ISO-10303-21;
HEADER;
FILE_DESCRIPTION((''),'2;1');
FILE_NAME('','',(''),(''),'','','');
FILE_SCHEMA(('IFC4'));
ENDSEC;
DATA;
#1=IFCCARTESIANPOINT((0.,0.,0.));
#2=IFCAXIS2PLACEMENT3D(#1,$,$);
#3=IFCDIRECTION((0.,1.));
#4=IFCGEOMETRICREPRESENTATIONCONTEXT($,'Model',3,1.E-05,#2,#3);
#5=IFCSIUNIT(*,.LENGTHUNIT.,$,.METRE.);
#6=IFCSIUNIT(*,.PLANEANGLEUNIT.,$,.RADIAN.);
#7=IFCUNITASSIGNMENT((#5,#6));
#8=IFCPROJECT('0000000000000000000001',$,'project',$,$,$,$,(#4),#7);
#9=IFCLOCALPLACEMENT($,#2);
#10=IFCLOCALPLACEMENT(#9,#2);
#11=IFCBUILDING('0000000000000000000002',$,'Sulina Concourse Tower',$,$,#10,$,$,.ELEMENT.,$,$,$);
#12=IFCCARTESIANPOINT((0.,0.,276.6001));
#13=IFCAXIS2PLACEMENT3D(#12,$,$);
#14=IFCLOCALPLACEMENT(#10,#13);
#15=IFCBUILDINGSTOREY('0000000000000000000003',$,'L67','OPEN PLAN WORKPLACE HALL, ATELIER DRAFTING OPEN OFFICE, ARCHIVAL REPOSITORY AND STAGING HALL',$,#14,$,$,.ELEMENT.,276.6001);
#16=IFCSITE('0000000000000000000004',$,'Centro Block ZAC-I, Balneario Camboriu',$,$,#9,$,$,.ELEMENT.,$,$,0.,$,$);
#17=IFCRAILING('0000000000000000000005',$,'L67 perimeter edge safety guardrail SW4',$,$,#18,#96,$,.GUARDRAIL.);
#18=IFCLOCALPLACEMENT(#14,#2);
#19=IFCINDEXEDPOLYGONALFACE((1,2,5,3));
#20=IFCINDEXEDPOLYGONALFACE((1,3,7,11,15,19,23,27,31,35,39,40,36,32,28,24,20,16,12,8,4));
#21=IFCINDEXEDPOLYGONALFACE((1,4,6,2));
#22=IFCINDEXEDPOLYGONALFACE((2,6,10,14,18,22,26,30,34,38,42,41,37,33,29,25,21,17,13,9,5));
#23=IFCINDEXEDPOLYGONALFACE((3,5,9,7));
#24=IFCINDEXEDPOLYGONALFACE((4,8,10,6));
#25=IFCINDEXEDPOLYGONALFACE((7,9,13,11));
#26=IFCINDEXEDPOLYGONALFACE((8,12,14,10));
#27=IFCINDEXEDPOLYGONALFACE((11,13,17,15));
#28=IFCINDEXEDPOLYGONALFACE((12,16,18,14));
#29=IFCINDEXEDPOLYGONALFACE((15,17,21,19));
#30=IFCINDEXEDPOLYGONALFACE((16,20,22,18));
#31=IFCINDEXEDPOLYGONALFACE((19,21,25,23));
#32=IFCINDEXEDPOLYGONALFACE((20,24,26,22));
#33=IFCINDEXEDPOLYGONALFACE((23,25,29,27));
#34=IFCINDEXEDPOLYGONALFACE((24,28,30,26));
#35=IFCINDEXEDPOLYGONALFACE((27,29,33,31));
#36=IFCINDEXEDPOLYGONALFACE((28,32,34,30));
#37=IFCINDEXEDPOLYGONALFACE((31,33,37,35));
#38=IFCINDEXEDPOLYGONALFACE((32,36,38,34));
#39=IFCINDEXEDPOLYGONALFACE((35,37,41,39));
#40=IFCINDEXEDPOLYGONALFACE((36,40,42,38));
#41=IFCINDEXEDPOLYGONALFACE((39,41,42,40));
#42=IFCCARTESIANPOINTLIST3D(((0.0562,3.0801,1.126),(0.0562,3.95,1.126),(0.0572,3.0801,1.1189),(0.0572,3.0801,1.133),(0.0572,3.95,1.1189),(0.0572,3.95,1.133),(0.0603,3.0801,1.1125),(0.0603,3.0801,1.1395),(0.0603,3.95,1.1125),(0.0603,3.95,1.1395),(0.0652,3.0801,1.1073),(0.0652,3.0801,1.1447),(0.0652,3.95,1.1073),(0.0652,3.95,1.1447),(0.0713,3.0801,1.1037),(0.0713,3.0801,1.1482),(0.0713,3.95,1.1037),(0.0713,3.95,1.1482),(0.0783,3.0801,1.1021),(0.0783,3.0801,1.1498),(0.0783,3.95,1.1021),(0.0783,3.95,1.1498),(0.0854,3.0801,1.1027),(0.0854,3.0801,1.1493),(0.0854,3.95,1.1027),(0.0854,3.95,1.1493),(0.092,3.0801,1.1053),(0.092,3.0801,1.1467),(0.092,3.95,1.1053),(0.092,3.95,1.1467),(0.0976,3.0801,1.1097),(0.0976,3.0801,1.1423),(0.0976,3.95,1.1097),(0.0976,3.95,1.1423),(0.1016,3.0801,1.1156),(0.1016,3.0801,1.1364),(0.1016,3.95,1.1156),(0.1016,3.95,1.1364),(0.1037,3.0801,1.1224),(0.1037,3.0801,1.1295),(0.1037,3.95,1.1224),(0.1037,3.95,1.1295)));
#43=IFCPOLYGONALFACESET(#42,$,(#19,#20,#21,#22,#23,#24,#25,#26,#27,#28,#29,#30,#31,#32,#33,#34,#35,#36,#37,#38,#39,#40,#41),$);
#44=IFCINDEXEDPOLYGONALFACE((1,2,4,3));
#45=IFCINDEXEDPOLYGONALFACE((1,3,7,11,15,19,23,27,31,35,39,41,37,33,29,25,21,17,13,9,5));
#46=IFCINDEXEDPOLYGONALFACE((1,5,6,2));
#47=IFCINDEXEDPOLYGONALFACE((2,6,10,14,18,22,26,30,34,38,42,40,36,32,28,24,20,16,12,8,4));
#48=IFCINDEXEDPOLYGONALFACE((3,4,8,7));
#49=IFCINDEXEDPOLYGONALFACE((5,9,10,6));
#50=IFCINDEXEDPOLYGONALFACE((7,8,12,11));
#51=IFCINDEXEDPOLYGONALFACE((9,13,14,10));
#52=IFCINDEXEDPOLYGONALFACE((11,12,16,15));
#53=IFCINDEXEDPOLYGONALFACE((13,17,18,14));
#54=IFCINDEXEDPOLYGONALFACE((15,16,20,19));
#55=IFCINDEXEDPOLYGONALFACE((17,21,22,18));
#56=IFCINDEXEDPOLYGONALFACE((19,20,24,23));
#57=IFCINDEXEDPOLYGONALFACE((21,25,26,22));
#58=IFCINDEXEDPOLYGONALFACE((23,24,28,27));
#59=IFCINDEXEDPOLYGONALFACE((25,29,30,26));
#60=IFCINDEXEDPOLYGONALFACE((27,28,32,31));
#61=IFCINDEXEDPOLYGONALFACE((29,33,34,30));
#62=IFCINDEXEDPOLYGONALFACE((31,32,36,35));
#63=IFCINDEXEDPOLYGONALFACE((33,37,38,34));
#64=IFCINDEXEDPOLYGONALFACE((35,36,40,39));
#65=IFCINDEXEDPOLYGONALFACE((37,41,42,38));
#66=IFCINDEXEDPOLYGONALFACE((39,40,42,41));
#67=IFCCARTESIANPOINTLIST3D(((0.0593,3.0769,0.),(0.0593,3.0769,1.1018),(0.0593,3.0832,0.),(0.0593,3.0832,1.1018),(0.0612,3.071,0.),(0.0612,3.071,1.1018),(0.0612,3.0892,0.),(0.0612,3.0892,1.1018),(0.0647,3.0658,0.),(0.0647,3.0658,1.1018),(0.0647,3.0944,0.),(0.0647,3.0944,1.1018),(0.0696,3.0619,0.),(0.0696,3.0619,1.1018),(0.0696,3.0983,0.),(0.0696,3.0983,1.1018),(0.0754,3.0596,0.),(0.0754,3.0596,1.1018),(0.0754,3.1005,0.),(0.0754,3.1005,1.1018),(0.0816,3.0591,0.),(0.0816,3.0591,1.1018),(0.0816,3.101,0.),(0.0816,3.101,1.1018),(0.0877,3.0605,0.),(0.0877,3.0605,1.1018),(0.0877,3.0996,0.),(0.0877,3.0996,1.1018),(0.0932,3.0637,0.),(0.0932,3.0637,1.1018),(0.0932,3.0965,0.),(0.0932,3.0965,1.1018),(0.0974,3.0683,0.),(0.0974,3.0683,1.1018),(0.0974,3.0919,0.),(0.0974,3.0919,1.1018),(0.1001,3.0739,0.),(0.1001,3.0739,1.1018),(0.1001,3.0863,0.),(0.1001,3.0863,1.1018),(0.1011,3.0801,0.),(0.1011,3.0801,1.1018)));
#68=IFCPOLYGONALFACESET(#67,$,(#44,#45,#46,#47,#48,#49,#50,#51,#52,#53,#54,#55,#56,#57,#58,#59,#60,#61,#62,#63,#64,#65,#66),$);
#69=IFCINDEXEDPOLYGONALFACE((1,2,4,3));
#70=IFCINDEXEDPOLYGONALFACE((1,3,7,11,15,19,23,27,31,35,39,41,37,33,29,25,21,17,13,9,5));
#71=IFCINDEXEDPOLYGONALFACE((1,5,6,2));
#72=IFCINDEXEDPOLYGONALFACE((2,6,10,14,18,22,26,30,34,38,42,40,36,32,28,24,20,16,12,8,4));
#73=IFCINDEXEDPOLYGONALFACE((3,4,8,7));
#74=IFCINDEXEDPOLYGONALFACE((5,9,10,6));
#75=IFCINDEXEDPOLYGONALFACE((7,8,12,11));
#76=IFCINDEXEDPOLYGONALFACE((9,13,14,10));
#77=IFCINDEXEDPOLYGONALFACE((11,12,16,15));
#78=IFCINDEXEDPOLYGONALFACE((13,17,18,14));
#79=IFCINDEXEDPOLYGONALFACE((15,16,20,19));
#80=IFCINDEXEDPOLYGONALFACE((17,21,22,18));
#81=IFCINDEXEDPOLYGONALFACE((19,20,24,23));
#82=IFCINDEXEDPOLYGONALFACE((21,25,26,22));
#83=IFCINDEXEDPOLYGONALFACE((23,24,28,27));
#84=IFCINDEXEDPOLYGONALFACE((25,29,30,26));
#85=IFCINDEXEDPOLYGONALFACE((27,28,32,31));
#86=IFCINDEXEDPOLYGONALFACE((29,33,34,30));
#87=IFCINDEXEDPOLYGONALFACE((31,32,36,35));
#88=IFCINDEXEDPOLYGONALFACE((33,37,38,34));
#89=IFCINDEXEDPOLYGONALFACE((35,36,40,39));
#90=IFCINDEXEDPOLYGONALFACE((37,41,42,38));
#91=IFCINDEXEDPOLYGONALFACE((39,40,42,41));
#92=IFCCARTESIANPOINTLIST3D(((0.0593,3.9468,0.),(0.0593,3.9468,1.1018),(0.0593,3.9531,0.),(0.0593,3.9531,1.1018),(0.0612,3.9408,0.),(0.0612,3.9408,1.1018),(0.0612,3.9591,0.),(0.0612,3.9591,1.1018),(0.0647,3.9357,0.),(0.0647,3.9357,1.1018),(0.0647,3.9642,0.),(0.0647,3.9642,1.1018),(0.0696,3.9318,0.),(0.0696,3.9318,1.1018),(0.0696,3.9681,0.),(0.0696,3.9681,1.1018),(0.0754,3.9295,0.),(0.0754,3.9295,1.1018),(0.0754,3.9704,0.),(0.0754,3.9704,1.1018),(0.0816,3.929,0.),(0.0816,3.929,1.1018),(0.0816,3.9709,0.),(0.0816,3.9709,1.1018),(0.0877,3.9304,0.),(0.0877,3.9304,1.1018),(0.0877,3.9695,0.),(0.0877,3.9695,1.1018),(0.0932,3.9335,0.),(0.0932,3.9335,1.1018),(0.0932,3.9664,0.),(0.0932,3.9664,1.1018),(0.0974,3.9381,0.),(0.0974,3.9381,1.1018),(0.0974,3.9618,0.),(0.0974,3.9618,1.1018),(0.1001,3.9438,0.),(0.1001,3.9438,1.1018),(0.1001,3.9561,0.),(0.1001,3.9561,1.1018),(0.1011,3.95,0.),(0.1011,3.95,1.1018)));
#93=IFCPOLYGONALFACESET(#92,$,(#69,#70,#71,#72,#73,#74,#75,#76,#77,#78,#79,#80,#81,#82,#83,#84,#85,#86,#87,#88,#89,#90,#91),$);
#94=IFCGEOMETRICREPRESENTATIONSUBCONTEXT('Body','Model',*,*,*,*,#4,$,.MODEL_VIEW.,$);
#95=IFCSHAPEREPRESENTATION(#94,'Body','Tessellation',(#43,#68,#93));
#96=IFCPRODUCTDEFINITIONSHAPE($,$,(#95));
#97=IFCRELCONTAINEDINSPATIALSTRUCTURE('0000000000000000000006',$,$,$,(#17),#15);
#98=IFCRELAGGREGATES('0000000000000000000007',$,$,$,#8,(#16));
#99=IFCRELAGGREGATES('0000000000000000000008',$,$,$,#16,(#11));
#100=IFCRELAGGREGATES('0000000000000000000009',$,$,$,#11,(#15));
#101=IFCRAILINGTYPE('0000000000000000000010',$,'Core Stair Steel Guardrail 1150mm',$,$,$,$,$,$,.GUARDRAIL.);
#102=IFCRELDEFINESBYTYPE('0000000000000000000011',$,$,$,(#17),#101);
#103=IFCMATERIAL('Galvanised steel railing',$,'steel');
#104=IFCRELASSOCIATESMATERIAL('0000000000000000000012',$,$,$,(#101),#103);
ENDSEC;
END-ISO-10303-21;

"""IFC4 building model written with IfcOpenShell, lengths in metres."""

from ifc_helpers import new_model, si_unit, direction, frame, origin, origin_2d, place, context, subcontext, project, spatial, circle, extrude, material, type_object, element, save


model = new_model("IFC4")

# Units and contexts
model_context = context("Model", 3, precision=1e-05, world=origin(), true_north=direction((0.0, 1.0)))
body_context = subcontext(model_context, "Body", "Model", "MODEL_VIEW")
ifc_project = project(units=[si_unit("LENGTHUNIT", "METRE"), si_unit("PLANEANGLEUNIT", "RADIAN")], contexts=[model_context])

# Site, building, storey
site_placement = place(None, origin())
site = spatial("IfcSite", under=ifc_project, at=site_placement, Name="Centro Block ZAC-I, Balneario Camboriu", CompositionType="ELEMENT", RefElevation=0.0)
building_placement = place(site_placement, origin())
building = spatial("IfcBuilding", under=site, at=building_placement, Name="Sulina Concourse Tower", CompositionType="ELEMENT")
storey_placement = place(building_placement, frame((0.0, 0.0, 276.6001)))
storey = spatial("IfcBuildingStorey", under=building, at=storey_placement, Name="L67", Description="OPEN PLAN WORKPLACE HALL, ATELIER DRAFTING OPEN OFFICE, ARCHIVAL REPOSITORY AND STAGING HALL", CompositionType="ELEMENT", Elevation=276.6001)

# Railing
ifc_material_1 = material(Name="Galvanised steel railing", Category="steel")
railing_type = type_object("IfcRailingType", Name="Core Stair Steel Guardrail 1150mm", PredefinedType="GUARDRAIL", material=ifc_material_1)
railing_1_placement = place(storey_placement, frame((0.0801, 3.0801, 0.0)))
element("IfcRailing", 1, at=railing_1_placement, inside=storey, type_object=railing_type, Name="L67 perimeter edge safety guardrail SW4", PredefinedType="GUARDRAIL", context=body_context, shape_type="SweptSolid", body=[
    extrude(circle(Radius=0.0239, at=origin_2d()), frame((0.0, 0.0, 1.126), z_axis=(0.0, 1.0, 0.0), x_axis=(-1.0, 0.0, 0.0)), (0.0, 0.0, 1.0), 0.8699),
    extrude(circle(Radius=0.021, at=origin_2d()), origin(), (0.0, 0.0, 1.0), 1.1018),
    extrude(circle(Radius=0.021, at=origin_2d()), frame((0.0, 0.8699, 0.0)), (0.0, 0.0, 1.0), 1.1018),
])

save(model, "model.ifc")
